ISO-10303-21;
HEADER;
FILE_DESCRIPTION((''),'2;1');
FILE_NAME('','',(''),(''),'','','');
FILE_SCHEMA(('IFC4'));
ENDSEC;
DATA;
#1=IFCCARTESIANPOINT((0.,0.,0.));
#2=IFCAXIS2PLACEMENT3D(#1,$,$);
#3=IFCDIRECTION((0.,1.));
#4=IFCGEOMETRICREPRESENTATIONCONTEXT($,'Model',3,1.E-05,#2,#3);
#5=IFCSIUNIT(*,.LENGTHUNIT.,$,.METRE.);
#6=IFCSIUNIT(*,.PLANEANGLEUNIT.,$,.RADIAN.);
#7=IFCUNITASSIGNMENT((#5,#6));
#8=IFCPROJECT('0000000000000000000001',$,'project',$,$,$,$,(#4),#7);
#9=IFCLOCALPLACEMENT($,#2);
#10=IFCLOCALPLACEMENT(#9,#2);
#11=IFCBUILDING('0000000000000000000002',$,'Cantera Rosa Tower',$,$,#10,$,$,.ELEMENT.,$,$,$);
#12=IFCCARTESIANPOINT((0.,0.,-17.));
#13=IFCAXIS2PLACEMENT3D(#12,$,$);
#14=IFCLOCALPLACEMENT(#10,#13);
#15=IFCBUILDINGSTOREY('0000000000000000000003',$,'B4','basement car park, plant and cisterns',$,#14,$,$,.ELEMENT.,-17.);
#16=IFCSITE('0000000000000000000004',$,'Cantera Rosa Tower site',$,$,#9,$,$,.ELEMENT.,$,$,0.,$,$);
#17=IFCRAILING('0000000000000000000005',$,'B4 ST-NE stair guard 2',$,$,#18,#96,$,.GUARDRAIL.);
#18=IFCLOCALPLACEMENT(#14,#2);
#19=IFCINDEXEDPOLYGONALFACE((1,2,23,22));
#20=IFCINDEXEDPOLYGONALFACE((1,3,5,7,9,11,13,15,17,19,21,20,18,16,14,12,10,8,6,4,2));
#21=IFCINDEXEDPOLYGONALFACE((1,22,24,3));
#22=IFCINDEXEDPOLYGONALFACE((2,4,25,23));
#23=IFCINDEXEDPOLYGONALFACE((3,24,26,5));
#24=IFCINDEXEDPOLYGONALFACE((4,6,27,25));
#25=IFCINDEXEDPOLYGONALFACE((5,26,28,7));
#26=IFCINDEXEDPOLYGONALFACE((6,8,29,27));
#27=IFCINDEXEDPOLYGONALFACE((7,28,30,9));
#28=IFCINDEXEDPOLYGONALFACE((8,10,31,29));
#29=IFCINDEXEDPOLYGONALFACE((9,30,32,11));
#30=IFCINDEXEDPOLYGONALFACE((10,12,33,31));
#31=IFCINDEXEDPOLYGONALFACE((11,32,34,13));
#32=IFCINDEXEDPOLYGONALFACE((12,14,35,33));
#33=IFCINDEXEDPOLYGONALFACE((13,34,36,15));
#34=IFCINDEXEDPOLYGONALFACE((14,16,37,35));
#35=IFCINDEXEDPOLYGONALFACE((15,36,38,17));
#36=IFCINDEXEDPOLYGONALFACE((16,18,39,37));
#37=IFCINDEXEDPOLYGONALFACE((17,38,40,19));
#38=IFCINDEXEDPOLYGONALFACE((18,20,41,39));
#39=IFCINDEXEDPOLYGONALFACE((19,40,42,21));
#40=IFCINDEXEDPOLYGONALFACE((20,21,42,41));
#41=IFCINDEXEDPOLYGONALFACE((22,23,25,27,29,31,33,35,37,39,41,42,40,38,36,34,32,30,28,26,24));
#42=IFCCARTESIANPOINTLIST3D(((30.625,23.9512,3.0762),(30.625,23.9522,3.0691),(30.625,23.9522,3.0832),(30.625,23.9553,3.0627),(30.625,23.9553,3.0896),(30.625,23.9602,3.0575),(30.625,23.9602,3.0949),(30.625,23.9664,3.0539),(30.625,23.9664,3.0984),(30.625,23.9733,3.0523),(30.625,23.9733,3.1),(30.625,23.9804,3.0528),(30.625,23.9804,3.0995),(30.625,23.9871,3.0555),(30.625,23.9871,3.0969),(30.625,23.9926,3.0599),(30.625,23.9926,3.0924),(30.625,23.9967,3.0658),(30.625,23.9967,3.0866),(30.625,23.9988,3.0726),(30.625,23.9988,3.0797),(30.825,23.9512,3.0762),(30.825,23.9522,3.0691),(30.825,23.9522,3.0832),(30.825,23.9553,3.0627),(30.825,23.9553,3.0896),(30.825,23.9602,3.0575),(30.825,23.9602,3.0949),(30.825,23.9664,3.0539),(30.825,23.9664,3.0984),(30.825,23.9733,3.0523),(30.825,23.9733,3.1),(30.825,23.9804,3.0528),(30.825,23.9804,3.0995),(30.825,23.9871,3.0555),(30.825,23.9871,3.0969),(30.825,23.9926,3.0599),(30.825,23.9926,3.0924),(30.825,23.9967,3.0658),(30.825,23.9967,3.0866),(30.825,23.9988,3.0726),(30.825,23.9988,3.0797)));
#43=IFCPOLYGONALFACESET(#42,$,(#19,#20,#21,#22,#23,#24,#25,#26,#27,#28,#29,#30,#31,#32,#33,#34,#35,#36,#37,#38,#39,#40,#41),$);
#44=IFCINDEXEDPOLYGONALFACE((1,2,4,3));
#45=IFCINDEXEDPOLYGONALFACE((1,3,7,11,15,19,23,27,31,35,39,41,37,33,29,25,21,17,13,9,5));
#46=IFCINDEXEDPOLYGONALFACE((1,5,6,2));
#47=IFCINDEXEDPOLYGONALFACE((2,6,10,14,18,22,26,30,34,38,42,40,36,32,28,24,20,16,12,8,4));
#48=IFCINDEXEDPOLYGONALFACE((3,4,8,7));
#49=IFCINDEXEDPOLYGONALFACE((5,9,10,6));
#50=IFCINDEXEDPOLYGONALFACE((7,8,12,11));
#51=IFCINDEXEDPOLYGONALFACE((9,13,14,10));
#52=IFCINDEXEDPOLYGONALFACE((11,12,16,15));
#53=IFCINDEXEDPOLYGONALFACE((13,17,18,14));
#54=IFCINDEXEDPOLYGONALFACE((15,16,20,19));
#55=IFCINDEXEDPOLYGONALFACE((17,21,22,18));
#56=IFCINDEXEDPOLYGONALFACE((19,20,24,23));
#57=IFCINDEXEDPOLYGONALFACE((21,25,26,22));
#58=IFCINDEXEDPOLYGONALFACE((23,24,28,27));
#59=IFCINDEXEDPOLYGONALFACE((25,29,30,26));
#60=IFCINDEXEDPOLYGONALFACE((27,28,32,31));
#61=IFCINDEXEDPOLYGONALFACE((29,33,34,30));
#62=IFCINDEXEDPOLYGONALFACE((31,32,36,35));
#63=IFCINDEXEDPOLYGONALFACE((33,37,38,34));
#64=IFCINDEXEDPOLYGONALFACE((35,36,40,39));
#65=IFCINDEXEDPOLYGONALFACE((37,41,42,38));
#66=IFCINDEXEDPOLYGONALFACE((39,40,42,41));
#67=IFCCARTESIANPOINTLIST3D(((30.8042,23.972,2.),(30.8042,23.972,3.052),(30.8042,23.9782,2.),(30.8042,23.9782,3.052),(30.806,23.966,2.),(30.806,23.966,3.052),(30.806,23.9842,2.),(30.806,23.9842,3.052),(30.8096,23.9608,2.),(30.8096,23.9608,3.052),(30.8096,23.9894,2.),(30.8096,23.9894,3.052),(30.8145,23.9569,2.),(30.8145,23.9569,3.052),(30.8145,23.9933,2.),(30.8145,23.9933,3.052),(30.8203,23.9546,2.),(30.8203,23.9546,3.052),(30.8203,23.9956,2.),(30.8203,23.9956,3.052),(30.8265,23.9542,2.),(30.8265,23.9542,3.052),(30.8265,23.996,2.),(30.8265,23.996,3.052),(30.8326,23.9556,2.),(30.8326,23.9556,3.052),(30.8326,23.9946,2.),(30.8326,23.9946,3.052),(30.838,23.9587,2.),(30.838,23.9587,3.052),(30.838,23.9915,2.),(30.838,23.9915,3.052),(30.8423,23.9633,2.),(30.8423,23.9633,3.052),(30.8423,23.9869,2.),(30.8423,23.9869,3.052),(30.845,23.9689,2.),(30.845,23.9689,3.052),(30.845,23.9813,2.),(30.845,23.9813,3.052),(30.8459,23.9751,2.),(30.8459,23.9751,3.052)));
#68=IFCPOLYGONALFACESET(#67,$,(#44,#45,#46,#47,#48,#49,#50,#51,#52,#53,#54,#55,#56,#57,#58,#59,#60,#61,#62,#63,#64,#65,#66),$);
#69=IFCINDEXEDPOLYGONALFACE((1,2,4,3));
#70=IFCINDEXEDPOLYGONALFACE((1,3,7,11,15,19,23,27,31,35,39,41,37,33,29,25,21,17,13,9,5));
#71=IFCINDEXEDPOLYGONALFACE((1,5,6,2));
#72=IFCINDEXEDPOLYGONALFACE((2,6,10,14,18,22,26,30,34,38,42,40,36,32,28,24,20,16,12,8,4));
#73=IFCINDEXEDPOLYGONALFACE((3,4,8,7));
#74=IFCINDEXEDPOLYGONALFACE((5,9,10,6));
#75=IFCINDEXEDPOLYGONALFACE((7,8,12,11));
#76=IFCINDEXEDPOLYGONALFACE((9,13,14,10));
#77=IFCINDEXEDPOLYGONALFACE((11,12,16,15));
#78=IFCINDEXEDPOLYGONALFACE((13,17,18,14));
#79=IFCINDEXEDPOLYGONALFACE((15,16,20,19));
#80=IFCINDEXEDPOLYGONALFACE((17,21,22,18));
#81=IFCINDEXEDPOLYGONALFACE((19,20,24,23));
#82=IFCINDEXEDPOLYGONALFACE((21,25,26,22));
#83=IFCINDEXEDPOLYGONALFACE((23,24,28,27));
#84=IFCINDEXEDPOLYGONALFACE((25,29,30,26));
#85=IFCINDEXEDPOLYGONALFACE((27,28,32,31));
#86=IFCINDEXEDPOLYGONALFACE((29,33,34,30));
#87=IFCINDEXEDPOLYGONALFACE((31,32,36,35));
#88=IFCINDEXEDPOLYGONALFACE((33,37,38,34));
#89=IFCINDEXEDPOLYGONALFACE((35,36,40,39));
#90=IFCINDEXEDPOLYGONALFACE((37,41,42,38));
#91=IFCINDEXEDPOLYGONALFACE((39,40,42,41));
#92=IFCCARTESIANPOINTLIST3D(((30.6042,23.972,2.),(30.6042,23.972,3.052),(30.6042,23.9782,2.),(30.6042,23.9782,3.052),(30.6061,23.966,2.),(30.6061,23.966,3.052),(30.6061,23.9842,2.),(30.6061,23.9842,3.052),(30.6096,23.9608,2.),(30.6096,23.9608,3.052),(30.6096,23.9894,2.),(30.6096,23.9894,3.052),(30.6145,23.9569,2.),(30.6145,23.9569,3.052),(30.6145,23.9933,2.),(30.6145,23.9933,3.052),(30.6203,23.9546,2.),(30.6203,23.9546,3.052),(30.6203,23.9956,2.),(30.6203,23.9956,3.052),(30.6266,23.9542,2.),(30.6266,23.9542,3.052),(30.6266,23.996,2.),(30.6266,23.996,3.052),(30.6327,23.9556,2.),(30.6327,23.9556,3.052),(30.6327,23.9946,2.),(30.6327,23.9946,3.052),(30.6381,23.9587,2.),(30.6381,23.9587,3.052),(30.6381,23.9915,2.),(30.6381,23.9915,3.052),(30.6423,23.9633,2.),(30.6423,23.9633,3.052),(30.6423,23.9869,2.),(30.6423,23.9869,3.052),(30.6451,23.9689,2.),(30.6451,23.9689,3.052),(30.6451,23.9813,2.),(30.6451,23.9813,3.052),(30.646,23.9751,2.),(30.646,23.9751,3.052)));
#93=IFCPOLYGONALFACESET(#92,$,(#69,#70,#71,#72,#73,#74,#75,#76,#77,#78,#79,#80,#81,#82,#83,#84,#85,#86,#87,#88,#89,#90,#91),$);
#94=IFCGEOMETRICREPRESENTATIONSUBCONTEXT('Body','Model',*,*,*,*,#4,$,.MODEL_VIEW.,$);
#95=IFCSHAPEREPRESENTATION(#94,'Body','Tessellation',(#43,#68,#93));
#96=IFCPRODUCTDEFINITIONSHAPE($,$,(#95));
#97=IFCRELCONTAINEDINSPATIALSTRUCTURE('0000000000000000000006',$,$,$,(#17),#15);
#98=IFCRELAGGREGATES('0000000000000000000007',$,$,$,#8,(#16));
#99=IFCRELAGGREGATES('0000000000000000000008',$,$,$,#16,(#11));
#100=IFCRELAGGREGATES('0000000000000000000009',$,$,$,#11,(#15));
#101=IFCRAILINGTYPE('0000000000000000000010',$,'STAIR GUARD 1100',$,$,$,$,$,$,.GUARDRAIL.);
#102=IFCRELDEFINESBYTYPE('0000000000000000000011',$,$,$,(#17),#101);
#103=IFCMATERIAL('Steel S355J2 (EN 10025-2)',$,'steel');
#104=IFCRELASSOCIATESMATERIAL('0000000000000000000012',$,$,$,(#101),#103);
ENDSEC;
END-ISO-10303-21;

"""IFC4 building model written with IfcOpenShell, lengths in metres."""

from ifc_helpers import new_model, si_unit, direction, frame, origin, origin_2d, place, context, subcontext, project, spatial, circle, extrude, material, type_object, element, save


model = new_model("IFC4")

# Units and contexts
model_context = context("Model", 3, precision=1e-05, world=origin(), true_north=direction((0.0, 1.0)))
body_context = subcontext(model_context, "Body", "Model", "MODEL_VIEW")
ifc_project = project(units=[si_unit("LENGTHUNIT", "METRE"), si_unit("PLANEANGLEUNIT", "RADIAN")], contexts=[model_context])

# Site, building, storey
site_placement = place(None, origin())
site = spatial("IfcSite", under=ifc_project, at=site_placement, Name="Cantera Rosa Tower site", CompositionType="ELEMENT", RefElevation=0.0)
building_placement = place(site_placement, origin())
building = spatial("IfcBuilding", under=site, at=building_placement, Name="Cantera Rosa Tower", CompositionType="ELEMENT")
storey_placement = place(building_placement, frame((0.0, 0.0, -17.0)))
storey = spatial("IfcBuildingStorey", under=building, at=storey_placement, Name="B4", Description="basement car park, plant and cisterns", CompositionType="ELEMENT", Elevation=-17.0)

# Railing
ifc_material_1 = material(Name="Steel S355J2 (EN 10025-2)", Category="steel")
railing_type_1 = type_object("IfcRailingType", Name="STAIR GUARD 1100", PredefinedType="GUARDRAIL", material=ifc_material_1)
railing_1_placement = place(storey_placement, frame((30.825, 23.9751, 2.0)))
element("IfcRailing", 1, at=railing_1_placement, inside=storey, type_object=railing_type_1, Name="B4 ST-NE stair guard 2", PredefinedType="GUARDRAIL", context=body_context, shape_type="SweptSolid", body=[
    extrude(circle(Radius=0.0239, at=origin_2d()), frame((0.0, 0.0, 1.0762), z_axis=(-1.0, 0.0, 0.0), x_axis=(0.0, -1.0, 0.0)), (0.0, 0.0, 1.0), 0.2),
    extrude(circle(Radius=0.021, at=origin_2d()), origin(), (0.0, 0.0, 1.0), 1.052),
    extrude(circle(Radius=0.021, at=origin_2d()), frame((-0.2, 0.0, 0.0)), (0.0, 0.0, 1.0), 1.052),
])

save(model, "model.ifc")
